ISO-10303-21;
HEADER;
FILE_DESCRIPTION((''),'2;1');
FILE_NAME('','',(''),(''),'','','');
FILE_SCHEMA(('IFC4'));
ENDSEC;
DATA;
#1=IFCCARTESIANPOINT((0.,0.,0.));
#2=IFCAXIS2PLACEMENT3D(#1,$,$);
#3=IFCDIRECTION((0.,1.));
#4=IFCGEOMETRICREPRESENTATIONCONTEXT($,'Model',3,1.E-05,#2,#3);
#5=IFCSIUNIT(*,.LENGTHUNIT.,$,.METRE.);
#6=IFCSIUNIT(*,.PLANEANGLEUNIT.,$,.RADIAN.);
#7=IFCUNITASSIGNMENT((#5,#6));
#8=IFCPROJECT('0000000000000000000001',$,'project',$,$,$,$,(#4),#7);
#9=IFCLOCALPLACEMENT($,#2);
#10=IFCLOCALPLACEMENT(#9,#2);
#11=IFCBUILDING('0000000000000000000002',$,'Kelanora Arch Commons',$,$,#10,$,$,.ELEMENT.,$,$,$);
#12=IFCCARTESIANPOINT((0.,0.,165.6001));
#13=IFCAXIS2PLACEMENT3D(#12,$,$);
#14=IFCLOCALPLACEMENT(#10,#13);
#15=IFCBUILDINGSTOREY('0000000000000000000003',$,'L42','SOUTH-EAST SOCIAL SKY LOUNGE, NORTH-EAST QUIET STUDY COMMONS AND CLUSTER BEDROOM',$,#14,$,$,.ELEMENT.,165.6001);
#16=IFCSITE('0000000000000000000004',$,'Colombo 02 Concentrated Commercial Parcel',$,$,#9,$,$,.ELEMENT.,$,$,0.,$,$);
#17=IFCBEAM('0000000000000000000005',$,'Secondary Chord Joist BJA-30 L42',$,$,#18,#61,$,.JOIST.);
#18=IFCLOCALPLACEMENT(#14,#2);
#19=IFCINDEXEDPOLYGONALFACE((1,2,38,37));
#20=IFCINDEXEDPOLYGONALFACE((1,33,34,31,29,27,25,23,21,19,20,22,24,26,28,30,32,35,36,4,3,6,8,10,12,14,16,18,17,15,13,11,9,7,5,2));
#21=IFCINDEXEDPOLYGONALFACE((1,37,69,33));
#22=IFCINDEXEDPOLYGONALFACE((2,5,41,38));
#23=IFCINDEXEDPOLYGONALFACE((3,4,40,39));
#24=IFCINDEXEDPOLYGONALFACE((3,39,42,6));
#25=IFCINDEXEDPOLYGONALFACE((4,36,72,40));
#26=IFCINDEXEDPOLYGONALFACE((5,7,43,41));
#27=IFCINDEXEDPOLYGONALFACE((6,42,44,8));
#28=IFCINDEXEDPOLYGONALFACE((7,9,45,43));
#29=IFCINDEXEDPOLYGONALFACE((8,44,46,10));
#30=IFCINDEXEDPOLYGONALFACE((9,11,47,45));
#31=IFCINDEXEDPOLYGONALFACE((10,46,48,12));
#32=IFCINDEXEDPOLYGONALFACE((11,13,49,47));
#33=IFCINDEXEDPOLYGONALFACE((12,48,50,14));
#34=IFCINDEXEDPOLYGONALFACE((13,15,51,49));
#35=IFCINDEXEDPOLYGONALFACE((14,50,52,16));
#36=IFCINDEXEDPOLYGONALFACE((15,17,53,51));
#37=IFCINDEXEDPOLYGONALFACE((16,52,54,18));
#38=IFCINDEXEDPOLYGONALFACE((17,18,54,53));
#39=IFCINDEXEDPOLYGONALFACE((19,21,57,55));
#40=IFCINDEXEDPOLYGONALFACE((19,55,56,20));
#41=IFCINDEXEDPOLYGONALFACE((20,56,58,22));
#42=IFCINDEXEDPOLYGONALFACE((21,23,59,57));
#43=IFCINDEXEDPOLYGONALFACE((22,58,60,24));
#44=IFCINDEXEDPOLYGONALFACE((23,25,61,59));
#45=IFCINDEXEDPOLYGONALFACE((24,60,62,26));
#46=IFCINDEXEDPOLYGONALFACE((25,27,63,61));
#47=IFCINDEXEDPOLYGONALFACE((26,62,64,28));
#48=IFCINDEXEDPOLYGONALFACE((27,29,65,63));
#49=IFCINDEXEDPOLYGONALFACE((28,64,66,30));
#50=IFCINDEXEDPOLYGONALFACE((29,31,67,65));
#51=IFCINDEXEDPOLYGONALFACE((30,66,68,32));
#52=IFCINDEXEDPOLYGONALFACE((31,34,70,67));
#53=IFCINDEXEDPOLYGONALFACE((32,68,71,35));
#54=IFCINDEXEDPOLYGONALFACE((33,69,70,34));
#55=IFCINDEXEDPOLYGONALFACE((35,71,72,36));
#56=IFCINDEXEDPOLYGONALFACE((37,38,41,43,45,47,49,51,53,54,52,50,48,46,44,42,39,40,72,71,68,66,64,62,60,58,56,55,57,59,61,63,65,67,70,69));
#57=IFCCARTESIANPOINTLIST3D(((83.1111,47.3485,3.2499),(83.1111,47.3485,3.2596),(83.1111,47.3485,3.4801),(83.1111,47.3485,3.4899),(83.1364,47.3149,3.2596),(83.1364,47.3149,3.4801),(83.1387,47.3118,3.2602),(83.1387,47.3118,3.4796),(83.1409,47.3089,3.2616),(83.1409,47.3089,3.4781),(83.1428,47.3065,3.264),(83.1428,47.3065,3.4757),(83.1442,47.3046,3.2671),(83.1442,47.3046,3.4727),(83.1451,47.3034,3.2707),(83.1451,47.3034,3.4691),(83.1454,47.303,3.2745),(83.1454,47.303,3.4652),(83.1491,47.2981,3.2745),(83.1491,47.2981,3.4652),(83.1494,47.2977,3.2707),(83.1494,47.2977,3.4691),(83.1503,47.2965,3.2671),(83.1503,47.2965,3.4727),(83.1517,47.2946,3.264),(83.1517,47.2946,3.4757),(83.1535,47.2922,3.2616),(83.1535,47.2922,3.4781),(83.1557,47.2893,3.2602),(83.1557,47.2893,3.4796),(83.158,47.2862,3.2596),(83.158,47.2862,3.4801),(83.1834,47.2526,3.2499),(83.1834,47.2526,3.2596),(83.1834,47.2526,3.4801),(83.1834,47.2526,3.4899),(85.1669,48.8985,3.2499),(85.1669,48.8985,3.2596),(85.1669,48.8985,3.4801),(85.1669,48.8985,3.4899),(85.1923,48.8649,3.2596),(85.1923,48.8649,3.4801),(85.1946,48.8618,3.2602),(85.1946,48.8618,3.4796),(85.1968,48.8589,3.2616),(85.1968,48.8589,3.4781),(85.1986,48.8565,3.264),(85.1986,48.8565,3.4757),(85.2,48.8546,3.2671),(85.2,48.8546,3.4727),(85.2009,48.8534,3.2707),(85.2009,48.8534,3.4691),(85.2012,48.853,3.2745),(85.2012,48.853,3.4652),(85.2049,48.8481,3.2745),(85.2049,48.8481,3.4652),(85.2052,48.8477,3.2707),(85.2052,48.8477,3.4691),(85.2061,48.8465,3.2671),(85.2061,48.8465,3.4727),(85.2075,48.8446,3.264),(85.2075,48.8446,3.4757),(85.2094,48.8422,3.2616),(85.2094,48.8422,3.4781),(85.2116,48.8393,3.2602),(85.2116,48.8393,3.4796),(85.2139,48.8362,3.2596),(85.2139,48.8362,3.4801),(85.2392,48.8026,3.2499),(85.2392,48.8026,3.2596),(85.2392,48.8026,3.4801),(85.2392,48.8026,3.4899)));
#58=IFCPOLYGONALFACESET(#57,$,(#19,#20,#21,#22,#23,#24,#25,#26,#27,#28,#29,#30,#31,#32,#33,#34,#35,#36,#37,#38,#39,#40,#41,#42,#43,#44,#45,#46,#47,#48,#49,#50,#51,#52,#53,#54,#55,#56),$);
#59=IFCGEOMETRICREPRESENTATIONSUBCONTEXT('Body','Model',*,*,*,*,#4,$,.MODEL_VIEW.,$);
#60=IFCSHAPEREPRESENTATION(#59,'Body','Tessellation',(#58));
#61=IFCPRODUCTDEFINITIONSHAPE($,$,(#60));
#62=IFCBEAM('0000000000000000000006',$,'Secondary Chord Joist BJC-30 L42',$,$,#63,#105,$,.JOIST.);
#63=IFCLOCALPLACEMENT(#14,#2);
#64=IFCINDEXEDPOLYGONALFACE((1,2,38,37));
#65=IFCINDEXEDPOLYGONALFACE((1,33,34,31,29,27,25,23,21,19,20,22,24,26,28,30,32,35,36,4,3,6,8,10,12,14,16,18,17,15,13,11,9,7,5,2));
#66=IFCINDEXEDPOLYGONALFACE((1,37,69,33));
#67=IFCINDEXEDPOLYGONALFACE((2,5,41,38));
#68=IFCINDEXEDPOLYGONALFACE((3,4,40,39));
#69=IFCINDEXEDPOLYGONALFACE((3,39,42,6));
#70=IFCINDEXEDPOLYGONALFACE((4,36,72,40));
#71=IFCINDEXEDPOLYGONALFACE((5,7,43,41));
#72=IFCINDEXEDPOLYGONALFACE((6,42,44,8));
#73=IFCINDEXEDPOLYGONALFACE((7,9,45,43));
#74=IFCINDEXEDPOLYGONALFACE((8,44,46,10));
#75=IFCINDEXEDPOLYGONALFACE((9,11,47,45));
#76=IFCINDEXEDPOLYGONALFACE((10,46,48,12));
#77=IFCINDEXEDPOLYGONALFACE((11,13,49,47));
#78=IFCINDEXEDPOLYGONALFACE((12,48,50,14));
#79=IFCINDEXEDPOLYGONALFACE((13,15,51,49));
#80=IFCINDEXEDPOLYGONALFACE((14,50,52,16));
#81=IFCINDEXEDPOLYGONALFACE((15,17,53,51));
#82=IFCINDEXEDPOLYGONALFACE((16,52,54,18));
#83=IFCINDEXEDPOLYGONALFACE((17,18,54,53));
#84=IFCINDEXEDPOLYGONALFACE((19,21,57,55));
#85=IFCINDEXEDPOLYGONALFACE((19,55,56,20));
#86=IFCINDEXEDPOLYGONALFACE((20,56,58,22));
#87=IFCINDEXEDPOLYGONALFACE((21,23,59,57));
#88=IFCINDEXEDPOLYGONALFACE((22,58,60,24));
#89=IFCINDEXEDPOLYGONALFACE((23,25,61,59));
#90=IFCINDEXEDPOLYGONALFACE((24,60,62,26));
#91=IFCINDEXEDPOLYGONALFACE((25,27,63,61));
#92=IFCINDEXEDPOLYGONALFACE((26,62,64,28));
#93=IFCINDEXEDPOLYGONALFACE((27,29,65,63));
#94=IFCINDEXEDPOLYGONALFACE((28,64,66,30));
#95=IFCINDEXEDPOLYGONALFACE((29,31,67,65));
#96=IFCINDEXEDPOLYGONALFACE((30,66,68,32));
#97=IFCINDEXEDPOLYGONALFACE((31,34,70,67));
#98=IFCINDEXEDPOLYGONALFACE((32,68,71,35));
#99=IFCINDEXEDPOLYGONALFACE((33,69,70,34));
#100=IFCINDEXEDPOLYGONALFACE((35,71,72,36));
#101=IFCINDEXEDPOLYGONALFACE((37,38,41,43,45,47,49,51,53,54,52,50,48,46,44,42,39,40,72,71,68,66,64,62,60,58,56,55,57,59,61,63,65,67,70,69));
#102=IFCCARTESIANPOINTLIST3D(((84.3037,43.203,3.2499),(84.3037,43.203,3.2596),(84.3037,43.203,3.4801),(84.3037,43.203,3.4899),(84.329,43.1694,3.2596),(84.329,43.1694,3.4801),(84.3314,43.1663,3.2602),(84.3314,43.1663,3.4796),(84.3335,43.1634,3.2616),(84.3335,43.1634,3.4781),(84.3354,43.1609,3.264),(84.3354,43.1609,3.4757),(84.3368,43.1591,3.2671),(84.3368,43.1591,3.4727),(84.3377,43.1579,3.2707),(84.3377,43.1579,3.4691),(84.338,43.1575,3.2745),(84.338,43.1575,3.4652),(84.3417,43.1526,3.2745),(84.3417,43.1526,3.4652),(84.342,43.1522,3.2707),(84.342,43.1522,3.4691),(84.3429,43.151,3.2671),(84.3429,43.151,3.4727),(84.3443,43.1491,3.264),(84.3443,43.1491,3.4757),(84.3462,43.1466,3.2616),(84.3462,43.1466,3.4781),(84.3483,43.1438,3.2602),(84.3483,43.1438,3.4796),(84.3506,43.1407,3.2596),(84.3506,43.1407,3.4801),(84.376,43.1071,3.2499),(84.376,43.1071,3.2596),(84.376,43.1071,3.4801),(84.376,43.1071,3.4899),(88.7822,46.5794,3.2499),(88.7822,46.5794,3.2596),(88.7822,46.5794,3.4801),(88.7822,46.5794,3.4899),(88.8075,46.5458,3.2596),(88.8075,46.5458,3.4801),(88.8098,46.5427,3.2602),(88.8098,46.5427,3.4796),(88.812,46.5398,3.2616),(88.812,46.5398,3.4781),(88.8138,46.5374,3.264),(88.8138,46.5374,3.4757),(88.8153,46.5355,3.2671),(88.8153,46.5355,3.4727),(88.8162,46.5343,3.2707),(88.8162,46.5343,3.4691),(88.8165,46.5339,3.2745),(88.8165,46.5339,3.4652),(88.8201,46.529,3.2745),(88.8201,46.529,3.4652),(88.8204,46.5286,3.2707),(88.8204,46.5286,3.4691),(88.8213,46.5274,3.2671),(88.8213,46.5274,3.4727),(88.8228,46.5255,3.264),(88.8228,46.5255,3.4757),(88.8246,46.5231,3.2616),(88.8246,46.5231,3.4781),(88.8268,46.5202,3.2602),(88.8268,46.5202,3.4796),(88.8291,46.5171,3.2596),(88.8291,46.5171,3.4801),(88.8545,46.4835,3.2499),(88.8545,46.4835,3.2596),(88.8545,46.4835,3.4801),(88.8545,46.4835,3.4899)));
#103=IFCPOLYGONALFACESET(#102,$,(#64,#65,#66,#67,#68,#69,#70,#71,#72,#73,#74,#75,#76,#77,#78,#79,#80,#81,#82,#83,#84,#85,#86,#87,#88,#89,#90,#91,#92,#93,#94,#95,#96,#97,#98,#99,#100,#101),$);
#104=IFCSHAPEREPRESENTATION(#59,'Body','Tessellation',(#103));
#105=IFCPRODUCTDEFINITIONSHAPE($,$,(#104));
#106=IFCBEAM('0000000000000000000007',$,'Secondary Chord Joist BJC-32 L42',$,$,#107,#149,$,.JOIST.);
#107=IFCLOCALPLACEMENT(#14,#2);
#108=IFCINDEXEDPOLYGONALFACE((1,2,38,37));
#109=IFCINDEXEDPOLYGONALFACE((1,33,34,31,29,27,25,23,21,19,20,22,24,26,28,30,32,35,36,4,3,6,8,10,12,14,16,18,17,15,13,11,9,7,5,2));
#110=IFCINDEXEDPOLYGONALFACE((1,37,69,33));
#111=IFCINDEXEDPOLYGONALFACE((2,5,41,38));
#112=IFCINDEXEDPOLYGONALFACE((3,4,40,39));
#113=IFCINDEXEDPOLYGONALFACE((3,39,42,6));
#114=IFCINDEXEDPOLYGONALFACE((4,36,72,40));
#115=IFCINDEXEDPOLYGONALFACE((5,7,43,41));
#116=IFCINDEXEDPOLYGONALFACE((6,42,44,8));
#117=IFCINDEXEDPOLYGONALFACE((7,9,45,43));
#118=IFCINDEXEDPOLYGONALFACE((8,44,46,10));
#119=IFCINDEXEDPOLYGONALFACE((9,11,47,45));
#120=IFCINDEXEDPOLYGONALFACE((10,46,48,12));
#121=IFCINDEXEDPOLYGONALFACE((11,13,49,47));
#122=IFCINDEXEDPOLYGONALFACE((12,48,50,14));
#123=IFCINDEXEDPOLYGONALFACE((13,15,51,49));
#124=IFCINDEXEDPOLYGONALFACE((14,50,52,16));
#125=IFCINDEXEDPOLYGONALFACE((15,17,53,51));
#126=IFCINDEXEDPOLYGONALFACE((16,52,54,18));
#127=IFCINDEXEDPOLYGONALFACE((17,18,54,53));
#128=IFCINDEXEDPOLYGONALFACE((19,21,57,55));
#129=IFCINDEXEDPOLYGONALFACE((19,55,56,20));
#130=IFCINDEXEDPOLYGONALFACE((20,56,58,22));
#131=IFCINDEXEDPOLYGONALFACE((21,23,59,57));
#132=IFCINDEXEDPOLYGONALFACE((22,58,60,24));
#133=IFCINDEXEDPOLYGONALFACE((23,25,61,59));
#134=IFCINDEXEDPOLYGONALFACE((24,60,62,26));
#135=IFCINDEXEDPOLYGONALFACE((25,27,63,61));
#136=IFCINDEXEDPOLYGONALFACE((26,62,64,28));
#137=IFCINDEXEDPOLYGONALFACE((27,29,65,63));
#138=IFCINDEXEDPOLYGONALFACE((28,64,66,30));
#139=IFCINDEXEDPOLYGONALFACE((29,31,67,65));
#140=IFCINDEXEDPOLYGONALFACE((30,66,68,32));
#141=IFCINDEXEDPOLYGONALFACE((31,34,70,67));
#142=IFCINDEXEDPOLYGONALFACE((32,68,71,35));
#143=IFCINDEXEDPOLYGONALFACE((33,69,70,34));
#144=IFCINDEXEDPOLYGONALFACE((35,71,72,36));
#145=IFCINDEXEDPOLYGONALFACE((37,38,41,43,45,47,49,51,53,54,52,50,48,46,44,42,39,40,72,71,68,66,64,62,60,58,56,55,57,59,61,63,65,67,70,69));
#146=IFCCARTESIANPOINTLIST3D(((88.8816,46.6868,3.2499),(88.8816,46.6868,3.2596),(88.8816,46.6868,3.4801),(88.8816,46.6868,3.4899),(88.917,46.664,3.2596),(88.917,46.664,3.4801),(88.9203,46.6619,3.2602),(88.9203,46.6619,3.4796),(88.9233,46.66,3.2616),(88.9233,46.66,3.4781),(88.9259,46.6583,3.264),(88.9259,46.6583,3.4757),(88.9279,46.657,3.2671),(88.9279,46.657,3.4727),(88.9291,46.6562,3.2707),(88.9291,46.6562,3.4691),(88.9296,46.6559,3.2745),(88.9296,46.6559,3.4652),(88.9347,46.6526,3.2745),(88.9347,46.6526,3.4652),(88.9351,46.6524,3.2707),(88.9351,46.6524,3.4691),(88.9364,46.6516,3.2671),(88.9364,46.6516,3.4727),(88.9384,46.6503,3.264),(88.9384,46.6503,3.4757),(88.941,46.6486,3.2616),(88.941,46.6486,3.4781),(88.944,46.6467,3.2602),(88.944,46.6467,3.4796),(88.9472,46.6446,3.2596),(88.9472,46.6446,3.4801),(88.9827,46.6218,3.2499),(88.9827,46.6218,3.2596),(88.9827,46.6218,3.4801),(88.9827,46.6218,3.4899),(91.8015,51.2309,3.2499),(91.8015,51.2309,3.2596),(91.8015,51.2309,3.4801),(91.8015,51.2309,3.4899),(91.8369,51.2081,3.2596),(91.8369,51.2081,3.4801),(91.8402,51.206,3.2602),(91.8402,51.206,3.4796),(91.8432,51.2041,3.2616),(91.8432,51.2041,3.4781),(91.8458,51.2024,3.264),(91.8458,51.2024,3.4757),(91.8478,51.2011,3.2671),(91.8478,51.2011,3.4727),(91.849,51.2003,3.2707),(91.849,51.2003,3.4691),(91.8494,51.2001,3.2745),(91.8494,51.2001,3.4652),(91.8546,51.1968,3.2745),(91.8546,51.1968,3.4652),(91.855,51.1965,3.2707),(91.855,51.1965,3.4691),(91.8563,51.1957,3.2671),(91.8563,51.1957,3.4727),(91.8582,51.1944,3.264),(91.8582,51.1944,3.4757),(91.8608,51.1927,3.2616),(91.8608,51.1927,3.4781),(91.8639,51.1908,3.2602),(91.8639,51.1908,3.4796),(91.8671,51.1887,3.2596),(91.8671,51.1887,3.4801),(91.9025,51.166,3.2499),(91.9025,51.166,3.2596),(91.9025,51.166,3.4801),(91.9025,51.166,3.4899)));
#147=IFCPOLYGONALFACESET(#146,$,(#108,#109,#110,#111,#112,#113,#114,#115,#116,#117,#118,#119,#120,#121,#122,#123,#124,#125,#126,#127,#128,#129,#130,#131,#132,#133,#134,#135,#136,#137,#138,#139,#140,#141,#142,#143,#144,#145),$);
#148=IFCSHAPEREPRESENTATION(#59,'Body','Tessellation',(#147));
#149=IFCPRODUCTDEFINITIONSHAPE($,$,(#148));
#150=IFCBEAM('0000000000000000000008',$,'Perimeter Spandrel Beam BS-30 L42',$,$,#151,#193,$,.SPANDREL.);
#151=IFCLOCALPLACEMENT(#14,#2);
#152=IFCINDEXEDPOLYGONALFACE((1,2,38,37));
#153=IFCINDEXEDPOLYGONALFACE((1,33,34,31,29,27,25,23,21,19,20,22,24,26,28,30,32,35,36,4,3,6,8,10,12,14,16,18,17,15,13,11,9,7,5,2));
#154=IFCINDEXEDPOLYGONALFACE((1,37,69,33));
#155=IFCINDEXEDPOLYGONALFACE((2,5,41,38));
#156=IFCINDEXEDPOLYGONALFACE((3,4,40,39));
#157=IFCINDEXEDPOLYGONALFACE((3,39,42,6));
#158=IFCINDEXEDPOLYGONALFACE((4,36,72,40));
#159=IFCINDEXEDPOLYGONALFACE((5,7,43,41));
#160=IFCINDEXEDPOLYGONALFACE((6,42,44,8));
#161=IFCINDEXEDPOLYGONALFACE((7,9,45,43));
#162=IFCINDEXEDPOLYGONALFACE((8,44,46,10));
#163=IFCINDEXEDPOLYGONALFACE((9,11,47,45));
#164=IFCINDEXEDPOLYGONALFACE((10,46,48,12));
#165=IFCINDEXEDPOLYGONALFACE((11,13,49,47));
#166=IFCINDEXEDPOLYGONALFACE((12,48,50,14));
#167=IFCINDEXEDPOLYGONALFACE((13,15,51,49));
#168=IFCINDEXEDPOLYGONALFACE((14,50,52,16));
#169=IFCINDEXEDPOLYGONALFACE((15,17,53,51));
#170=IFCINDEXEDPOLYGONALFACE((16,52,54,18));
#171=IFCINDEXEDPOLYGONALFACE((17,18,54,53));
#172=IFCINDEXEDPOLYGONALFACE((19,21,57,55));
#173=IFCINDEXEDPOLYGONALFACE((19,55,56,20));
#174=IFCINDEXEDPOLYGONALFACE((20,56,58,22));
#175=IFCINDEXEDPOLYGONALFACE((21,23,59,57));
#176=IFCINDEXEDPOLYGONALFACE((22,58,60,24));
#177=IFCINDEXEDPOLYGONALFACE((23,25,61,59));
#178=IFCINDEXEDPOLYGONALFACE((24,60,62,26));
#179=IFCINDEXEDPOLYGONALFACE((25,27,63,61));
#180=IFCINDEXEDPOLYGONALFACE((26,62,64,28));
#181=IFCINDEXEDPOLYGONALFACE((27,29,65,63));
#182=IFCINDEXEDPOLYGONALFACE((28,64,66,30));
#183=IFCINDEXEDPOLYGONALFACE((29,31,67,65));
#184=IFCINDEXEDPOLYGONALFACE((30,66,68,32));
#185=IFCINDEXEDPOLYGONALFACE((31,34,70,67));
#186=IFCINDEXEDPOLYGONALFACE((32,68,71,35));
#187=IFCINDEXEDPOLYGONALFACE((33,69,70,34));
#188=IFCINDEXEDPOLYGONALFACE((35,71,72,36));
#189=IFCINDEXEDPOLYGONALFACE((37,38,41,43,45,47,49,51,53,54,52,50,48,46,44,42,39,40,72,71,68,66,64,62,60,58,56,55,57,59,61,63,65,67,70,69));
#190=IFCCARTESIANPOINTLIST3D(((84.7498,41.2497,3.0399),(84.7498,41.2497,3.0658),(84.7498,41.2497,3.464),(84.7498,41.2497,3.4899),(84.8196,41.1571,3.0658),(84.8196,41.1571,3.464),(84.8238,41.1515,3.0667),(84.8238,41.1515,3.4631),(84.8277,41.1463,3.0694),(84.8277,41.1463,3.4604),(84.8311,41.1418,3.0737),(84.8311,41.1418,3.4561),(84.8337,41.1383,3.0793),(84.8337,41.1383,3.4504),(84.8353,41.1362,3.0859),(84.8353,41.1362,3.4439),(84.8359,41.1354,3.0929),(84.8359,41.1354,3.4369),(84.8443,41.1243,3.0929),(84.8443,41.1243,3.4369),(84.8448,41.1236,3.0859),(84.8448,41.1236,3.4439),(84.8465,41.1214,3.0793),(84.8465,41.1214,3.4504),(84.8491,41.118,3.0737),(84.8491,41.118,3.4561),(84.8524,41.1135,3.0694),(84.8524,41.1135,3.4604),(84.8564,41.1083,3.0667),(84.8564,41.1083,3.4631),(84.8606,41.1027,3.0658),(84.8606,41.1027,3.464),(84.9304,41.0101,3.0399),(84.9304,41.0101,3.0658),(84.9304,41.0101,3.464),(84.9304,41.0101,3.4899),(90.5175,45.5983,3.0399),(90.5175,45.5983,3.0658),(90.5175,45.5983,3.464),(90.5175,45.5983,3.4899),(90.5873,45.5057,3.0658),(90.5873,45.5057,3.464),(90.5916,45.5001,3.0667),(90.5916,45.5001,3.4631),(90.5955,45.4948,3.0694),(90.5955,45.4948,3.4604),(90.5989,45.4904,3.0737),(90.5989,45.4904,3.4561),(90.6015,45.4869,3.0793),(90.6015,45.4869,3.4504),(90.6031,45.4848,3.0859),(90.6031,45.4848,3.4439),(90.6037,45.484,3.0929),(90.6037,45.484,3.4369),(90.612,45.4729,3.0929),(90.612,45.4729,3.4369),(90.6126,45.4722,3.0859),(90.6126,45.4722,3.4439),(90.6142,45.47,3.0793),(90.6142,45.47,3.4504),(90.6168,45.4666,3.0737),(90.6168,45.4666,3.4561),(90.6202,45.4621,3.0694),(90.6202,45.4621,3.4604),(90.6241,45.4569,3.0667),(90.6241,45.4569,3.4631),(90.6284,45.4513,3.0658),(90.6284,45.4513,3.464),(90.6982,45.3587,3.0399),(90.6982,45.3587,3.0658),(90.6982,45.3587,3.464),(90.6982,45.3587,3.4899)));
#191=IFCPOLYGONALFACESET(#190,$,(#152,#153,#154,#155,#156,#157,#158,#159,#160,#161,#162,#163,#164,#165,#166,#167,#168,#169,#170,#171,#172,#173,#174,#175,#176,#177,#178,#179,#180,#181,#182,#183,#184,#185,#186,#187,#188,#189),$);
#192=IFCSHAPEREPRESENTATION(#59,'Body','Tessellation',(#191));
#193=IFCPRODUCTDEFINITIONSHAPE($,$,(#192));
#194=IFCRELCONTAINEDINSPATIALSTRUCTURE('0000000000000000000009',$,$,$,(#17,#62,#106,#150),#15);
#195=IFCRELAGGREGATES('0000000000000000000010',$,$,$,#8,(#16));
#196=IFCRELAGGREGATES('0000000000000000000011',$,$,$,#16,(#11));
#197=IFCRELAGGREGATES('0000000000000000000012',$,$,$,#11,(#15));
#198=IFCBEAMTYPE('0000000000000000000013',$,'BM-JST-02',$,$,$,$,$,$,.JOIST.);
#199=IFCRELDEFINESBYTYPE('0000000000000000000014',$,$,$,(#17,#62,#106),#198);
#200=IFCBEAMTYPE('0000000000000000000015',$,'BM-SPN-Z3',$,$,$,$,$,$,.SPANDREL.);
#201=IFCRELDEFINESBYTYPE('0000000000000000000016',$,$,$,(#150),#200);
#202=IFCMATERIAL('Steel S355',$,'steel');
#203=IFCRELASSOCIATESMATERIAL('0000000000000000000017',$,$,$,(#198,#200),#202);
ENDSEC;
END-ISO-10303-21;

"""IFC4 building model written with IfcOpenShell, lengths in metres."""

from ifc_helpers import new_model, si_unit, direction, frame, origin, origin_2d, place, context, subcontext, project, spatial, i_section, extrude, material, material_profile, profile_set, type_object, element, save


model = new_model("IFC4")

# Units and contexts
model_context = context("Model", 3, precision=1e-05, world=origin(), true_north=direction((0.0, 1.0)))
body_context = subcontext(model_context, "Body", "Model", "MODEL_VIEW")
ifc_project = project(units=[si_unit("LENGTHUNIT", "METRE"), si_unit("PLANEANGLEUNIT", "RADIAN")], contexts=[model_context])

# Site, building, storey
site_placement = place(None, origin())
site = spatial("IfcSite", under=ifc_project, at=site_placement, Name="Colombo 02 Concentrated Commercial Parcel", CompositionType="ELEMENT", RefElevation=0.0)
building_placement = place(site_placement, origin())
building = spatial("IfcBuilding", under=site, at=building_placement, Name="Kelanora Arch Commons", CompositionType="ELEMENT")
storey_placement = place(building_placement, frame((0.0, 0.0, 165.6001)))
storey = spatial("IfcBuildingStorey", under=building, at=storey_placement, Name="L42", Description="SOUTH-EAST SOCIAL SKY LOUNGE, NORTH-EAST QUIET STUDY COMMONS AND CLUSTER BEDROOM", CompositionType="ELEMENT", Elevation=165.6001)

# Beams
ifc_material_1 = material(Name="Steel S355", Category="steel")
ifc_material_profile_1 = material_profile(ifc_material_1, i_section(OverallWidth=0.1201, OverallDepth=0.24, WebThickness=0.0061, FlangeThickness=0.0098, FilletRadius=0.0149, at=origin_2d()), Name="IPE240")
ifc_profile_set_1 = profile_set([ifc_material_profile_1], Name="Steel S355")
beam_type_1 = type_object("IfcBeamType", Name="BM-JST-02", PredefinedType="JOIST", material=ifc_profile_set_1)
beam_1_placement = place(storey_placement, frame((83.1472, 47.3005, 3.3699), z_axis=(0.798484, 0.602016, 0.0), x_axis=(-0.602016, 0.798484, 0.0)))
element("IfcBeam", 1, at=beam_1_placement, inside=storey, type_object=beam_type_1, Name="Secondary Chord Joist BJA-30 L42", PredefinedType="JOIST", context=body_context, shape_type="SweptSolid", body=[
    extrude(i_section(OverallWidth=0.1201, OverallDepth=0.24, WebThickness=0.0061, FlangeThickness=0.0098, FilletRadius=0.0149, at=origin_2d()), origin(), (0.0, 0.0, 1.0), 2.5747),
])
beam_2_placement = place(storey_placement, frame((84.3398, 43.155, 3.3699), z_axis=(0.798493, 0.602004, 0.0), x_axis=(-0.602004, 0.798493, 0.0)))
element("IfcBeam", 2, at=beam_2_placement, inside=storey, type_object=beam_type_1, Name="Secondary Chord Joist BJC-30 L42", PredefinedType="JOIST", context=body_context, shape_type="SweptSolid", body=[
    extrude(i_section(OverallWidth=0.1201, OverallDepth=0.24, WebThickness=0.0061, FlangeThickness=0.0098, FilletRadius=0.0149, at=origin_2d()), origin(), (0.0, 0.0, 1.0), 5.6086),
])
beam_3_placement = place(storey_placement, frame((88.9321, 46.6543, 3.3699), z_axis=(0.540582, 0.841292, 0.0), x_axis=(-0.841292, 0.540582, 0.0)))
element("IfcBeam", 3, at=beam_3_placement, inside=storey, type_object=beam_type_1, Name="Secondary Chord Joist BJC-32 L42", PredefinedType="JOIST", context=body_context, shape_type="SweptSolid", body=[
    extrude(i_section(OverallWidth=0.1201, OverallDepth=0.24, WebThickness=0.0061, FlangeThickness=0.0098, FilletRadius=0.0149, at=origin_2d()), origin(), (0.0, 0.0, 1.0), 5.4014),
])
ifc_material_profile_2 = material_profile(ifc_material_1, i_section(OverallWidth=0.3, OverallDepth=0.45, WebThickness=0.0139, FlangeThickness=0.0259, FilletRadius=0.0271, at=origin_2d()), Name="HEB450")
ifc_profile_set_2 = profile_set([ifc_material_profile_2], Name="Steel S355")
beam_type_2 = type_object("IfcBeamType", Name="BM-SPN-Z3", PredefinedType="SPANDREL", material=ifc_profile_set_2)
beam_4_placement = place(storey_placement, frame((84.8401, 41.1299, 3.2649), z_axis=(0.798485, 0.602015, 0.0), x_axis=(-0.602015, 0.798485, 0.0)))
element("IfcBeam", 4, at=beam_4_placement, inside=storey, type_object=beam_type_2, Name="Perimeter Spandrel Beam BS-30 L42", PredefinedType="SPANDREL", context=body_context, shape_type="SweptSolid", body=[
    extrude(i_section(OverallWidth=0.3, OverallDepth=0.45, WebThickness=0.0139, FlangeThickness=0.0259, FilletRadius=0.0271, at=origin_2d()), origin(), (0.0, 0.0, 1.0), 7.2234),
])

save(model, "model.ifc")
